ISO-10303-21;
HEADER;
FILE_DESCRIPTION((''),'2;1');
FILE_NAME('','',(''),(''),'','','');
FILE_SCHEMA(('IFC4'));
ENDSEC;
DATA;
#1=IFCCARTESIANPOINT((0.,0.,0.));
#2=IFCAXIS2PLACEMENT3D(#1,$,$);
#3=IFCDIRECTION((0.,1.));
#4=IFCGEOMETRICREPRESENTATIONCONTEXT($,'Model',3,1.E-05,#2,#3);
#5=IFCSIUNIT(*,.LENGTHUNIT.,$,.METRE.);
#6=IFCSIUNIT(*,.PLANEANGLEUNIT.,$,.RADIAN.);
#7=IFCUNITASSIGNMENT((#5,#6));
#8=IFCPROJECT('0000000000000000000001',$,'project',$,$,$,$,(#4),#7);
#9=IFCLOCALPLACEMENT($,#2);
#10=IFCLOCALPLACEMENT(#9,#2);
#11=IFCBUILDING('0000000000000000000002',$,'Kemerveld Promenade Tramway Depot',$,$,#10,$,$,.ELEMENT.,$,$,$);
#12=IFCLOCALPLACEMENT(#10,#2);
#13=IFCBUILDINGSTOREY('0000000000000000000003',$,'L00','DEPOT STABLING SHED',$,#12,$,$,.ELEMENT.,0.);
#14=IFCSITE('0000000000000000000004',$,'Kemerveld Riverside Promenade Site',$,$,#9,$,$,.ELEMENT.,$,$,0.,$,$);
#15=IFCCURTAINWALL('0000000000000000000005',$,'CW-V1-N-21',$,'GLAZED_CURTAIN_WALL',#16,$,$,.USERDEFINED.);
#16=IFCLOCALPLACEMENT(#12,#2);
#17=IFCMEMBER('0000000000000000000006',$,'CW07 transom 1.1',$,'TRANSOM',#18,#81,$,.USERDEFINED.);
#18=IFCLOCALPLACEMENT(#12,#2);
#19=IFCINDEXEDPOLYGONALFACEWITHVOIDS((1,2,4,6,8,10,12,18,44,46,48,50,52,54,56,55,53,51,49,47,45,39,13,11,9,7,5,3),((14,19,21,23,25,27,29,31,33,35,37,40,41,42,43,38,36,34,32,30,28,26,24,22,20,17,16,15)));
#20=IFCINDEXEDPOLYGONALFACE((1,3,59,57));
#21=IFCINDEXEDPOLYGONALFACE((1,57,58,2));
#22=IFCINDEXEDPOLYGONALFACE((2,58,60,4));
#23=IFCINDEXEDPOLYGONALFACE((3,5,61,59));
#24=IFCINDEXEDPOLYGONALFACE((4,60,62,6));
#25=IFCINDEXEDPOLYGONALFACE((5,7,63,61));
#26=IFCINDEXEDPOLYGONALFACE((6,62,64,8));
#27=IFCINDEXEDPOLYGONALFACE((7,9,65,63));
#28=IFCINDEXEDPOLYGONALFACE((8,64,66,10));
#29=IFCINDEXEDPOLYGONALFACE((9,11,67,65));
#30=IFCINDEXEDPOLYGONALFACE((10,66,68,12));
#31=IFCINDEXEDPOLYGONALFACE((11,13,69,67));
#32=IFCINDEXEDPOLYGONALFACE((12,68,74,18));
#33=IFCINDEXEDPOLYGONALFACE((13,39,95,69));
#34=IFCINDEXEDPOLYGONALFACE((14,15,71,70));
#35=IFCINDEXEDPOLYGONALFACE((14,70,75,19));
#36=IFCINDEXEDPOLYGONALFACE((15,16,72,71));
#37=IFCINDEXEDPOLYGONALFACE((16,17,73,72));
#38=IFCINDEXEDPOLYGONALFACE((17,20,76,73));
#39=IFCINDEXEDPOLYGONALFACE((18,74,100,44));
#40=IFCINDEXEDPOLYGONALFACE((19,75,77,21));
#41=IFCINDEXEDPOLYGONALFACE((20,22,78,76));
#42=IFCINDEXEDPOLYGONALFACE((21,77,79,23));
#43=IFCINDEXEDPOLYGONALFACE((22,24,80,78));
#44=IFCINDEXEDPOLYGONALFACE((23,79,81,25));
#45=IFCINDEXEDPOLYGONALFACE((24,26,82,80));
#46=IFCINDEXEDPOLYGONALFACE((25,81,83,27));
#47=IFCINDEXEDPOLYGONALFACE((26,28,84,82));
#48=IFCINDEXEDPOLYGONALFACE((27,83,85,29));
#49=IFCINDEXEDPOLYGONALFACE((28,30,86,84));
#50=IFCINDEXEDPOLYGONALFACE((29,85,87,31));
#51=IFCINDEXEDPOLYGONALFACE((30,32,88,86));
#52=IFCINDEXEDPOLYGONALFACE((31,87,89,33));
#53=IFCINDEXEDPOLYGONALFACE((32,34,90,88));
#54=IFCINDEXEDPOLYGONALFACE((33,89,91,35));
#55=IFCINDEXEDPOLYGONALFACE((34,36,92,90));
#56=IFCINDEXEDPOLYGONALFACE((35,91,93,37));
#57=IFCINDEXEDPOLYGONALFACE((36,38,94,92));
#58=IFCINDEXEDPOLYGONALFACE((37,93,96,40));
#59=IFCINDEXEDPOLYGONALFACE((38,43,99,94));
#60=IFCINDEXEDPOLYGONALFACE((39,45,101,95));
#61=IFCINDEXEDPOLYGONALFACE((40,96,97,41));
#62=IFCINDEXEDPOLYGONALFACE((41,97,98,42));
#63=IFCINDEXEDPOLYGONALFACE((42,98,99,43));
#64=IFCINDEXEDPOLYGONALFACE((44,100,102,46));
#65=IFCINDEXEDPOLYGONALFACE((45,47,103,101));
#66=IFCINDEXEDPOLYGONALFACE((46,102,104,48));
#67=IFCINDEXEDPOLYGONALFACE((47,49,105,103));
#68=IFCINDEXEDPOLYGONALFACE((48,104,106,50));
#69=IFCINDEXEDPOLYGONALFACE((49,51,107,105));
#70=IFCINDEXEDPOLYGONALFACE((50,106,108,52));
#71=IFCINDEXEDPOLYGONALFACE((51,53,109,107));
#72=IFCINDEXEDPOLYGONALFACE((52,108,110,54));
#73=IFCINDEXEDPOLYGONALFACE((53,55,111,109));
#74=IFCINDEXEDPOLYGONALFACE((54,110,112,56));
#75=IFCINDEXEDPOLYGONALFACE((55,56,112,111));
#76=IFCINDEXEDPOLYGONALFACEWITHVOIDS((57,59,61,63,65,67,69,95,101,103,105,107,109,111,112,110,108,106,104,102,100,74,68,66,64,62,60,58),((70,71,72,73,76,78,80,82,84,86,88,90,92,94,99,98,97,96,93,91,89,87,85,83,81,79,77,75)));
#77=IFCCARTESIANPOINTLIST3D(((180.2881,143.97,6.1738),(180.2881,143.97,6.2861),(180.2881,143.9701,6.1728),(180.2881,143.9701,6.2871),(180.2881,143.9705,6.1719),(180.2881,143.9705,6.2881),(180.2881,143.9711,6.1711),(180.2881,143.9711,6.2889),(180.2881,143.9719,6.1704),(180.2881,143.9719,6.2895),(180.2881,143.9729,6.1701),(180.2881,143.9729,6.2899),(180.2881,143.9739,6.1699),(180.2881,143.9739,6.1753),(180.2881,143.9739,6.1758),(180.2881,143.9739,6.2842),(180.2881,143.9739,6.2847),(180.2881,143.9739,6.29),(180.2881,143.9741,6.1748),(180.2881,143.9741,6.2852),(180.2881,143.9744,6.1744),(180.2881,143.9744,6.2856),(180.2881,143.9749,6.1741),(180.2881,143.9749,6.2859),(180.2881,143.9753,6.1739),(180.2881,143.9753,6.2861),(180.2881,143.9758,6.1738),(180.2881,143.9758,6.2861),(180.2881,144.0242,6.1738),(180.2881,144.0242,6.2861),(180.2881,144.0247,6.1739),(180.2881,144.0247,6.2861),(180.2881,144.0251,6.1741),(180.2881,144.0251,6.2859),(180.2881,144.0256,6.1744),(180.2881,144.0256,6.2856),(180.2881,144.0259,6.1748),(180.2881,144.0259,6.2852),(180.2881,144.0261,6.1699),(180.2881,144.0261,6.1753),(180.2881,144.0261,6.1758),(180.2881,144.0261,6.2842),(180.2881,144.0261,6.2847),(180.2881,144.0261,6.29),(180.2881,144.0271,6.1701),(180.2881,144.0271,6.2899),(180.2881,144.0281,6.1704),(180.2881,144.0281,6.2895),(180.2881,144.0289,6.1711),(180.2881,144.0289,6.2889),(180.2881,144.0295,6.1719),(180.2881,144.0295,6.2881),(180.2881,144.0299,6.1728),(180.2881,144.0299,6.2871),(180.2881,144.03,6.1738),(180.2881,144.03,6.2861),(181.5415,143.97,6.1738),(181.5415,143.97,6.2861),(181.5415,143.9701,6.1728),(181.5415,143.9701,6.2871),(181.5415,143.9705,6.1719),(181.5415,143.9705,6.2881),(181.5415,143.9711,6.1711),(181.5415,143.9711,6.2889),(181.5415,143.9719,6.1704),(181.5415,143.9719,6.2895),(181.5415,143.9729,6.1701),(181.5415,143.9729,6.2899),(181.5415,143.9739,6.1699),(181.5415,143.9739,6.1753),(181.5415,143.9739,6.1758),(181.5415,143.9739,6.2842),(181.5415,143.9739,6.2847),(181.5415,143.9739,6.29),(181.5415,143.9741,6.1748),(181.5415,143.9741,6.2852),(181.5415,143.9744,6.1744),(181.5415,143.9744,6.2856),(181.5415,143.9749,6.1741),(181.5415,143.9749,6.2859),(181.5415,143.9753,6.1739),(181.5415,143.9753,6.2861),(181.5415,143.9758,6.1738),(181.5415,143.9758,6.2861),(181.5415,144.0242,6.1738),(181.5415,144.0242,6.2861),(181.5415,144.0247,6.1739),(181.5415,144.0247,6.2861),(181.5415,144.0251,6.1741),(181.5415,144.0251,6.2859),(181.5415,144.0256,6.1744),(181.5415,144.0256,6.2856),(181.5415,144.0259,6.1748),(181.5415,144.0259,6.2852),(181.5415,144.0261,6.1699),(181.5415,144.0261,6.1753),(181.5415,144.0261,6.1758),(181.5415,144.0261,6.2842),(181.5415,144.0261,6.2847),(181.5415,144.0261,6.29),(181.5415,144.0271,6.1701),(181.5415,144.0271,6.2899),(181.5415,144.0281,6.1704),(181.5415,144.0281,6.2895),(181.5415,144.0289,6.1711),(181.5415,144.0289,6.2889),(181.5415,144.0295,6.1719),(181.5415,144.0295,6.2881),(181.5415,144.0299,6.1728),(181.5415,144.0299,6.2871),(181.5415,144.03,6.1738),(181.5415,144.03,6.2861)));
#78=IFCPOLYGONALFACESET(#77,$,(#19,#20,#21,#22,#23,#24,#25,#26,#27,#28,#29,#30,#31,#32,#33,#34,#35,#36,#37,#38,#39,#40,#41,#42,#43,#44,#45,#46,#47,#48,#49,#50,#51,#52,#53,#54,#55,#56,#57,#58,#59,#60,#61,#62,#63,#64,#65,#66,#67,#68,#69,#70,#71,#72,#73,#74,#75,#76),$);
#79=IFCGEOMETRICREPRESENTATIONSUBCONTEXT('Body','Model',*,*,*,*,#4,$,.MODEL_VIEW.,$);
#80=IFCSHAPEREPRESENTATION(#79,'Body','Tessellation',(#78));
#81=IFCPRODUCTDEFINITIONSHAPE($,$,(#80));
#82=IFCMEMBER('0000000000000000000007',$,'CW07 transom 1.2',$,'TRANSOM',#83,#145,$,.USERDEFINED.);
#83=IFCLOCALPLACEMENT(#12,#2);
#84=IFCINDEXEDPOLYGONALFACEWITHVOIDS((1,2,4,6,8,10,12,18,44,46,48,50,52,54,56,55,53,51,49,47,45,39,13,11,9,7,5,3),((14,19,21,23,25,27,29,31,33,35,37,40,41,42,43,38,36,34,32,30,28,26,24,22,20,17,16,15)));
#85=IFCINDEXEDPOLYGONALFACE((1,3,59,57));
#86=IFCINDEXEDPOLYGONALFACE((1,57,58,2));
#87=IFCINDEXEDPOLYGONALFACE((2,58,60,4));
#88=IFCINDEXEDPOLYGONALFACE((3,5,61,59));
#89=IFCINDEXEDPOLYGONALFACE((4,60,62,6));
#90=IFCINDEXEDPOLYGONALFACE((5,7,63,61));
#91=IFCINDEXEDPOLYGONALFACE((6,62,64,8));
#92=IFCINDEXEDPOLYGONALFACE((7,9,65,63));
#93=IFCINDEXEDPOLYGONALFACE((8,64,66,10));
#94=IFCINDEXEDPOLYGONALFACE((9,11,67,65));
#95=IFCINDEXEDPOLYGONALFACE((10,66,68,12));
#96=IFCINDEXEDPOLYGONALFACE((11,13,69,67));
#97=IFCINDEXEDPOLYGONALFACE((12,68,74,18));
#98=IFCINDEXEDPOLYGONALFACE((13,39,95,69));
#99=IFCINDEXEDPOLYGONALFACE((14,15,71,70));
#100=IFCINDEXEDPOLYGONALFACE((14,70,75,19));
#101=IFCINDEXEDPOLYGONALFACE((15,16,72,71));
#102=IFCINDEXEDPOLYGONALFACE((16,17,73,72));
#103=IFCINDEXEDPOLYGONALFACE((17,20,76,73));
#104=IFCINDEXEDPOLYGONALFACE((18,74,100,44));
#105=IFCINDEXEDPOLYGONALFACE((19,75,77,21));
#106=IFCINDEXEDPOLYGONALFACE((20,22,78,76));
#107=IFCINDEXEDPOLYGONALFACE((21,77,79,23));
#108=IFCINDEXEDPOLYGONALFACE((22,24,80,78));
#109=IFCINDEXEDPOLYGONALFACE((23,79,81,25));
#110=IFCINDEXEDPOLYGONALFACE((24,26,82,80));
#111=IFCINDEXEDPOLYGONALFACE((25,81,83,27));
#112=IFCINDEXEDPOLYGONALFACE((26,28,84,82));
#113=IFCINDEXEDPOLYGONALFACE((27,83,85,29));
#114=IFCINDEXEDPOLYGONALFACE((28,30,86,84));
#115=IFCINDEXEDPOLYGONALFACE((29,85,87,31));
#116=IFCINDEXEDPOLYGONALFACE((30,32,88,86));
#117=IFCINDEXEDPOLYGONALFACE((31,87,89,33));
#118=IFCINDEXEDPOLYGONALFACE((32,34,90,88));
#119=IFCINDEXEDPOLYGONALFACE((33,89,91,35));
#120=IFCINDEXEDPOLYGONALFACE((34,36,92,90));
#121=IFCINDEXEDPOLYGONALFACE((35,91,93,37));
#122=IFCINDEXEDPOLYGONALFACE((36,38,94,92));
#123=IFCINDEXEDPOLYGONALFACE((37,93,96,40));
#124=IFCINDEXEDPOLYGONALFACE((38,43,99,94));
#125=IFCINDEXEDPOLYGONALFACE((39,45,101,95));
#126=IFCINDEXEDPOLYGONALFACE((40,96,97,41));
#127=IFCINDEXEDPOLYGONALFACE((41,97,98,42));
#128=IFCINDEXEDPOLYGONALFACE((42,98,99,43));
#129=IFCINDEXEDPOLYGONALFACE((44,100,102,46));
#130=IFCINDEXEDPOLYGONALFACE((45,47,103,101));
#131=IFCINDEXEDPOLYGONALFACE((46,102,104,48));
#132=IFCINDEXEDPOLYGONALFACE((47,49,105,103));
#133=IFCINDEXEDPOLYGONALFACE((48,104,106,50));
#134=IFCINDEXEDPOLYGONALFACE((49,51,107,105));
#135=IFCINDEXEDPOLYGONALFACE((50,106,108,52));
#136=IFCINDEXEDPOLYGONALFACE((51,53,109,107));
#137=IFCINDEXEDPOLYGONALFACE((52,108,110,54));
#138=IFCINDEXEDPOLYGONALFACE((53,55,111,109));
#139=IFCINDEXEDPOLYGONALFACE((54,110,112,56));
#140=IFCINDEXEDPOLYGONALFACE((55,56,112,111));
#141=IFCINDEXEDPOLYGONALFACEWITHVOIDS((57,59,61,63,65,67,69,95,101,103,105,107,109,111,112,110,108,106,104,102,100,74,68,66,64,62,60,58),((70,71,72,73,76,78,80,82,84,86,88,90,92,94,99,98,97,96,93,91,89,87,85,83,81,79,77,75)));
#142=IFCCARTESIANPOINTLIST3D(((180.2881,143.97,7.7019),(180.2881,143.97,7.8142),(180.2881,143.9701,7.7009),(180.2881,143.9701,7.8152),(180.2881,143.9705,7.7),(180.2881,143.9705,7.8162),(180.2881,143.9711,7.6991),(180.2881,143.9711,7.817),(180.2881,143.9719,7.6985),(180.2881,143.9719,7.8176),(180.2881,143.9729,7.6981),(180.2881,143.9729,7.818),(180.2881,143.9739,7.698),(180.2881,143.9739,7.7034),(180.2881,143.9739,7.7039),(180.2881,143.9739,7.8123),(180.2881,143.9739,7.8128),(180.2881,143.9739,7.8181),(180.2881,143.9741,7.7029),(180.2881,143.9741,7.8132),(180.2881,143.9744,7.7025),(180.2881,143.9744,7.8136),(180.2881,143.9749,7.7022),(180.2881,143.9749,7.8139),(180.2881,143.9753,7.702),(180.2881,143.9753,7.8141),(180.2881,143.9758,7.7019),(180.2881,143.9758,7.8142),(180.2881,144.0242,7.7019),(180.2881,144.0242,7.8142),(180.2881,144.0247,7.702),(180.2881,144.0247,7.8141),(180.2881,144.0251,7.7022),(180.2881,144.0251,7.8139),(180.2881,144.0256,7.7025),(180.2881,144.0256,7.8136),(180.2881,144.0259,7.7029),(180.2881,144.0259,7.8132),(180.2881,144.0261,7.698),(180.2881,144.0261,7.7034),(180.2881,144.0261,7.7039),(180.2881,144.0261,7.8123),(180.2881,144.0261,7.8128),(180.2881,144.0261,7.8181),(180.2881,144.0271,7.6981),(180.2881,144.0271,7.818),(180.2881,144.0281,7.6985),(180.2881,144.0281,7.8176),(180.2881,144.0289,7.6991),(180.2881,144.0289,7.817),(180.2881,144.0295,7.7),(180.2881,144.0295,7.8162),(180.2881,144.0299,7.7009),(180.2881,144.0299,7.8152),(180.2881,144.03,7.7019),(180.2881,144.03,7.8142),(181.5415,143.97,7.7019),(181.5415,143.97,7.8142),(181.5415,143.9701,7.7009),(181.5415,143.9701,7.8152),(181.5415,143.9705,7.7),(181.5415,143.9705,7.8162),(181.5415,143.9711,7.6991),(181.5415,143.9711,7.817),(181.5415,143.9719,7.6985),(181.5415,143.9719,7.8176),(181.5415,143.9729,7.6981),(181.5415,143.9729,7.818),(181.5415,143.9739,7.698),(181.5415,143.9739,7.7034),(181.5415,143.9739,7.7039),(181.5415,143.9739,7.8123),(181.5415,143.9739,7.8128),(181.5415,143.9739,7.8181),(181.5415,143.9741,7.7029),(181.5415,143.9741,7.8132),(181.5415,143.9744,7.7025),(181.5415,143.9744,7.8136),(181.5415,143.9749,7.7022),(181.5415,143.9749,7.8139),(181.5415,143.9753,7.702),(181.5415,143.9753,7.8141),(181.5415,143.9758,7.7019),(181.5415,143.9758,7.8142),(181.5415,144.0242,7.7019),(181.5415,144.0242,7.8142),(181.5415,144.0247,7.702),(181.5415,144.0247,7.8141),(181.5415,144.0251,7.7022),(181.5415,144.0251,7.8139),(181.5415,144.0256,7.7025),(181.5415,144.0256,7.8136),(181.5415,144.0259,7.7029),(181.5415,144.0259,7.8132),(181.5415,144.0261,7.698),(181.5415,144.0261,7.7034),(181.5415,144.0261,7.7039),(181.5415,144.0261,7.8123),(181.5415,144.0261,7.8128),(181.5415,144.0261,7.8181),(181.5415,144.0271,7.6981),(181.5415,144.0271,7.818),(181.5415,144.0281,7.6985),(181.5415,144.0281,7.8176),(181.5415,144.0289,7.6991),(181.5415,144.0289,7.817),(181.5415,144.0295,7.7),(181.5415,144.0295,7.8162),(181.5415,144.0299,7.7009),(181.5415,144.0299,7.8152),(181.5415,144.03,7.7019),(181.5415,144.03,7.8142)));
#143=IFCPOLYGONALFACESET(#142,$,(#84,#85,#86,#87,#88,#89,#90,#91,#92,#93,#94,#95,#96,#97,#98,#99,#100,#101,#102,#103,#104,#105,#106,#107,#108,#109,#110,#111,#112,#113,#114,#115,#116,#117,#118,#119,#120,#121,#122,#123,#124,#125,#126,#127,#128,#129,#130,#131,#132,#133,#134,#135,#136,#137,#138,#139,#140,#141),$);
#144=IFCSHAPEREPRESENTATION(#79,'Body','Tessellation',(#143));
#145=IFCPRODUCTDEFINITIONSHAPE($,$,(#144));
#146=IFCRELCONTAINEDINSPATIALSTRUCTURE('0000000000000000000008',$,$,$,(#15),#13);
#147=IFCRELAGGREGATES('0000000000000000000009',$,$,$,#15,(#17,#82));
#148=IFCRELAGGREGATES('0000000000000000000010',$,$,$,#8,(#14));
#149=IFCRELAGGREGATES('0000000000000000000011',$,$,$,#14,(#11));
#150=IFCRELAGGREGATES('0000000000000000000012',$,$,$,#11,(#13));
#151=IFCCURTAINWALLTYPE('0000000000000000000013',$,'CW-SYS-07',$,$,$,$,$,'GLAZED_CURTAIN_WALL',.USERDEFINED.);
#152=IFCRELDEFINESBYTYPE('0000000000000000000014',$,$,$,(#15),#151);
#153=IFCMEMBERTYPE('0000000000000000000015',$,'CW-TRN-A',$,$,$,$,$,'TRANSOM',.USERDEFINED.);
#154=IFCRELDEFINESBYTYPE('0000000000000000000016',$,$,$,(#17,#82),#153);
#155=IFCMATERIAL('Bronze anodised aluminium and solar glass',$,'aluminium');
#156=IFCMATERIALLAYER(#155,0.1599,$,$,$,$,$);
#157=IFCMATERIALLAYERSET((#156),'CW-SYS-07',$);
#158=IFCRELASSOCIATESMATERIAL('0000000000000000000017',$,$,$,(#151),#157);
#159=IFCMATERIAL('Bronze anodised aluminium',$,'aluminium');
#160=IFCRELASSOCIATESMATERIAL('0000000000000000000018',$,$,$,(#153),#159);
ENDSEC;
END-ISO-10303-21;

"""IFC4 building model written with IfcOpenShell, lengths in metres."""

from ifc_helpers import new_model, si_unit, direction, frame, origin, origin_2d, place, context, subcontext, project, spatial, hollow_rectangle, extrude, material, layer, layer_set, material_profile, profile_set, type_object, element, aggregate, save


model = new_model("IFC4")

# Units and contexts
model_context = context("Model", 3, precision=1e-05, world=origin(), true_north=direction((0.0, 1.0)))
body_context = subcontext(model_context, "Body", "Model", "MODEL_VIEW")
ifc_project = project(units=[si_unit("LENGTHUNIT", "METRE"), si_unit("PLANEANGLEUNIT", "RADIAN")], contexts=[model_context])

# Site, building, storey
site_placement = place(None, origin())
site = spatial("IfcSite", under=ifc_project, at=site_placement, Name="Kemerveld Riverside Promenade Site", CompositionType="ELEMENT", RefElevation=0.0)
building_placement = place(site_placement, origin())
building = spatial("IfcBuilding", under=site, at=building_placement, Name="Kemerveld Promenade Tramway Depot", CompositionType="ELEMENT")
storey_placement = place(building_placement, origin())
storey = spatial("IfcBuildingStorey", under=building, at=storey_placement, Name="L00", Description="DEPOT STABLING SHED", CompositionType="ELEMENT", Elevation=0.0)

# Curtain wall
ifc_material_1 = material(Name="Bronze anodised aluminium and solar glass", Category="aluminium")
ifc_layer_1 = layer(ifc_material_1, 0.1599)
ifc_layer_set_1 = layer_set([ifc_layer_1], Name="CW-SYS-07")
curtain_wall_type_1 = type_object("IfcCurtainWallType", Name="CW-SYS-07", ElementType="GLAZED_CURTAIN_WALL", PredefinedType="USERDEFINED", material=ifc_layer_set_1)
curtain_wall_1_placement = place(storey_placement, origin())
curtain_wall_1 = element("IfcCurtainWall", 1, at=curtain_wall_1_placement, inside=storey, type_object=curtain_wall_type_1, Name="CW-V1-N-21", ObjectType="GLAZED_CURTAIN_WALL", PredefinedType="USERDEFINED")
ifc_material_2 = material(Name="Bronze anodised aluminium", Category="aluminium")

# Members
ifc_material_profile_1 = material_profile(ifc_material_2, hollow_rectangle(XDim=0.0601, YDim=0.1201, WallThickness=0.0039, InnerFilletRadius=0.002, OuterFilletRadius=0.0039, at=origin_2d()), Name="CW-TRN-120x60")
ifc_profile_set_1 = profile_set([ifc_material_profile_1], Name="Bronze anodised aluminium")
member_type_1 = type_object("IfcMemberType", Name="CW-TRN-A", ElementType="TRANSOM", PredefinedType="USERDEFINED", material=ifc_profile_set_1)
member_1_placement = place(storey_placement, frame((180.2881, 144.0, 6.23), z_axis=(1.0, 0.0, 0.0), x_axis=(0.0, 1.0, 0.0)))
member_1 = element("IfcMember", 2, at=member_1_placement, type_object=member_type_1, Name="CW07 transom 1.1", ObjectType="TRANSOM", PredefinedType="USERDEFINED", context=body_context, shape_type="SweptSolid", body=[
    extrude(hollow_rectangle(XDim=0.0601, YDim=0.1201, WallThickness=0.0039, InnerFilletRadius=0.002, OuterFilletRadius=0.0039, at=origin_2d()), origin(), (0.0, 0.0, 1.0), 1.2534),
])
member_2_placement = place(storey_placement, frame((180.2881, 144.0, 7.7581), z_axis=(1.0, 0.0, 0.0), x_axis=(0.0, 1.0, 0.0)))
member_2 = element("IfcMember", 3, at=member_2_placement, type_object=member_type_1, Name="CW07 transom 1.2", ObjectType="TRANSOM", PredefinedType="USERDEFINED", context=body_context, shape_type="SweptSolid", body=[
    extrude(hollow_rectangle(XDim=0.0601, YDim=0.1201, WallThickness=0.0039, InnerFilletRadius=0.002, OuterFilletRadius=0.0039, at=origin_2d()), origin(), (0.0, 0.0, 1.0), 1.2534),
])

aggregate(curtain_wall_1, [member_1, member_2])

save(model, "model.ifc")
